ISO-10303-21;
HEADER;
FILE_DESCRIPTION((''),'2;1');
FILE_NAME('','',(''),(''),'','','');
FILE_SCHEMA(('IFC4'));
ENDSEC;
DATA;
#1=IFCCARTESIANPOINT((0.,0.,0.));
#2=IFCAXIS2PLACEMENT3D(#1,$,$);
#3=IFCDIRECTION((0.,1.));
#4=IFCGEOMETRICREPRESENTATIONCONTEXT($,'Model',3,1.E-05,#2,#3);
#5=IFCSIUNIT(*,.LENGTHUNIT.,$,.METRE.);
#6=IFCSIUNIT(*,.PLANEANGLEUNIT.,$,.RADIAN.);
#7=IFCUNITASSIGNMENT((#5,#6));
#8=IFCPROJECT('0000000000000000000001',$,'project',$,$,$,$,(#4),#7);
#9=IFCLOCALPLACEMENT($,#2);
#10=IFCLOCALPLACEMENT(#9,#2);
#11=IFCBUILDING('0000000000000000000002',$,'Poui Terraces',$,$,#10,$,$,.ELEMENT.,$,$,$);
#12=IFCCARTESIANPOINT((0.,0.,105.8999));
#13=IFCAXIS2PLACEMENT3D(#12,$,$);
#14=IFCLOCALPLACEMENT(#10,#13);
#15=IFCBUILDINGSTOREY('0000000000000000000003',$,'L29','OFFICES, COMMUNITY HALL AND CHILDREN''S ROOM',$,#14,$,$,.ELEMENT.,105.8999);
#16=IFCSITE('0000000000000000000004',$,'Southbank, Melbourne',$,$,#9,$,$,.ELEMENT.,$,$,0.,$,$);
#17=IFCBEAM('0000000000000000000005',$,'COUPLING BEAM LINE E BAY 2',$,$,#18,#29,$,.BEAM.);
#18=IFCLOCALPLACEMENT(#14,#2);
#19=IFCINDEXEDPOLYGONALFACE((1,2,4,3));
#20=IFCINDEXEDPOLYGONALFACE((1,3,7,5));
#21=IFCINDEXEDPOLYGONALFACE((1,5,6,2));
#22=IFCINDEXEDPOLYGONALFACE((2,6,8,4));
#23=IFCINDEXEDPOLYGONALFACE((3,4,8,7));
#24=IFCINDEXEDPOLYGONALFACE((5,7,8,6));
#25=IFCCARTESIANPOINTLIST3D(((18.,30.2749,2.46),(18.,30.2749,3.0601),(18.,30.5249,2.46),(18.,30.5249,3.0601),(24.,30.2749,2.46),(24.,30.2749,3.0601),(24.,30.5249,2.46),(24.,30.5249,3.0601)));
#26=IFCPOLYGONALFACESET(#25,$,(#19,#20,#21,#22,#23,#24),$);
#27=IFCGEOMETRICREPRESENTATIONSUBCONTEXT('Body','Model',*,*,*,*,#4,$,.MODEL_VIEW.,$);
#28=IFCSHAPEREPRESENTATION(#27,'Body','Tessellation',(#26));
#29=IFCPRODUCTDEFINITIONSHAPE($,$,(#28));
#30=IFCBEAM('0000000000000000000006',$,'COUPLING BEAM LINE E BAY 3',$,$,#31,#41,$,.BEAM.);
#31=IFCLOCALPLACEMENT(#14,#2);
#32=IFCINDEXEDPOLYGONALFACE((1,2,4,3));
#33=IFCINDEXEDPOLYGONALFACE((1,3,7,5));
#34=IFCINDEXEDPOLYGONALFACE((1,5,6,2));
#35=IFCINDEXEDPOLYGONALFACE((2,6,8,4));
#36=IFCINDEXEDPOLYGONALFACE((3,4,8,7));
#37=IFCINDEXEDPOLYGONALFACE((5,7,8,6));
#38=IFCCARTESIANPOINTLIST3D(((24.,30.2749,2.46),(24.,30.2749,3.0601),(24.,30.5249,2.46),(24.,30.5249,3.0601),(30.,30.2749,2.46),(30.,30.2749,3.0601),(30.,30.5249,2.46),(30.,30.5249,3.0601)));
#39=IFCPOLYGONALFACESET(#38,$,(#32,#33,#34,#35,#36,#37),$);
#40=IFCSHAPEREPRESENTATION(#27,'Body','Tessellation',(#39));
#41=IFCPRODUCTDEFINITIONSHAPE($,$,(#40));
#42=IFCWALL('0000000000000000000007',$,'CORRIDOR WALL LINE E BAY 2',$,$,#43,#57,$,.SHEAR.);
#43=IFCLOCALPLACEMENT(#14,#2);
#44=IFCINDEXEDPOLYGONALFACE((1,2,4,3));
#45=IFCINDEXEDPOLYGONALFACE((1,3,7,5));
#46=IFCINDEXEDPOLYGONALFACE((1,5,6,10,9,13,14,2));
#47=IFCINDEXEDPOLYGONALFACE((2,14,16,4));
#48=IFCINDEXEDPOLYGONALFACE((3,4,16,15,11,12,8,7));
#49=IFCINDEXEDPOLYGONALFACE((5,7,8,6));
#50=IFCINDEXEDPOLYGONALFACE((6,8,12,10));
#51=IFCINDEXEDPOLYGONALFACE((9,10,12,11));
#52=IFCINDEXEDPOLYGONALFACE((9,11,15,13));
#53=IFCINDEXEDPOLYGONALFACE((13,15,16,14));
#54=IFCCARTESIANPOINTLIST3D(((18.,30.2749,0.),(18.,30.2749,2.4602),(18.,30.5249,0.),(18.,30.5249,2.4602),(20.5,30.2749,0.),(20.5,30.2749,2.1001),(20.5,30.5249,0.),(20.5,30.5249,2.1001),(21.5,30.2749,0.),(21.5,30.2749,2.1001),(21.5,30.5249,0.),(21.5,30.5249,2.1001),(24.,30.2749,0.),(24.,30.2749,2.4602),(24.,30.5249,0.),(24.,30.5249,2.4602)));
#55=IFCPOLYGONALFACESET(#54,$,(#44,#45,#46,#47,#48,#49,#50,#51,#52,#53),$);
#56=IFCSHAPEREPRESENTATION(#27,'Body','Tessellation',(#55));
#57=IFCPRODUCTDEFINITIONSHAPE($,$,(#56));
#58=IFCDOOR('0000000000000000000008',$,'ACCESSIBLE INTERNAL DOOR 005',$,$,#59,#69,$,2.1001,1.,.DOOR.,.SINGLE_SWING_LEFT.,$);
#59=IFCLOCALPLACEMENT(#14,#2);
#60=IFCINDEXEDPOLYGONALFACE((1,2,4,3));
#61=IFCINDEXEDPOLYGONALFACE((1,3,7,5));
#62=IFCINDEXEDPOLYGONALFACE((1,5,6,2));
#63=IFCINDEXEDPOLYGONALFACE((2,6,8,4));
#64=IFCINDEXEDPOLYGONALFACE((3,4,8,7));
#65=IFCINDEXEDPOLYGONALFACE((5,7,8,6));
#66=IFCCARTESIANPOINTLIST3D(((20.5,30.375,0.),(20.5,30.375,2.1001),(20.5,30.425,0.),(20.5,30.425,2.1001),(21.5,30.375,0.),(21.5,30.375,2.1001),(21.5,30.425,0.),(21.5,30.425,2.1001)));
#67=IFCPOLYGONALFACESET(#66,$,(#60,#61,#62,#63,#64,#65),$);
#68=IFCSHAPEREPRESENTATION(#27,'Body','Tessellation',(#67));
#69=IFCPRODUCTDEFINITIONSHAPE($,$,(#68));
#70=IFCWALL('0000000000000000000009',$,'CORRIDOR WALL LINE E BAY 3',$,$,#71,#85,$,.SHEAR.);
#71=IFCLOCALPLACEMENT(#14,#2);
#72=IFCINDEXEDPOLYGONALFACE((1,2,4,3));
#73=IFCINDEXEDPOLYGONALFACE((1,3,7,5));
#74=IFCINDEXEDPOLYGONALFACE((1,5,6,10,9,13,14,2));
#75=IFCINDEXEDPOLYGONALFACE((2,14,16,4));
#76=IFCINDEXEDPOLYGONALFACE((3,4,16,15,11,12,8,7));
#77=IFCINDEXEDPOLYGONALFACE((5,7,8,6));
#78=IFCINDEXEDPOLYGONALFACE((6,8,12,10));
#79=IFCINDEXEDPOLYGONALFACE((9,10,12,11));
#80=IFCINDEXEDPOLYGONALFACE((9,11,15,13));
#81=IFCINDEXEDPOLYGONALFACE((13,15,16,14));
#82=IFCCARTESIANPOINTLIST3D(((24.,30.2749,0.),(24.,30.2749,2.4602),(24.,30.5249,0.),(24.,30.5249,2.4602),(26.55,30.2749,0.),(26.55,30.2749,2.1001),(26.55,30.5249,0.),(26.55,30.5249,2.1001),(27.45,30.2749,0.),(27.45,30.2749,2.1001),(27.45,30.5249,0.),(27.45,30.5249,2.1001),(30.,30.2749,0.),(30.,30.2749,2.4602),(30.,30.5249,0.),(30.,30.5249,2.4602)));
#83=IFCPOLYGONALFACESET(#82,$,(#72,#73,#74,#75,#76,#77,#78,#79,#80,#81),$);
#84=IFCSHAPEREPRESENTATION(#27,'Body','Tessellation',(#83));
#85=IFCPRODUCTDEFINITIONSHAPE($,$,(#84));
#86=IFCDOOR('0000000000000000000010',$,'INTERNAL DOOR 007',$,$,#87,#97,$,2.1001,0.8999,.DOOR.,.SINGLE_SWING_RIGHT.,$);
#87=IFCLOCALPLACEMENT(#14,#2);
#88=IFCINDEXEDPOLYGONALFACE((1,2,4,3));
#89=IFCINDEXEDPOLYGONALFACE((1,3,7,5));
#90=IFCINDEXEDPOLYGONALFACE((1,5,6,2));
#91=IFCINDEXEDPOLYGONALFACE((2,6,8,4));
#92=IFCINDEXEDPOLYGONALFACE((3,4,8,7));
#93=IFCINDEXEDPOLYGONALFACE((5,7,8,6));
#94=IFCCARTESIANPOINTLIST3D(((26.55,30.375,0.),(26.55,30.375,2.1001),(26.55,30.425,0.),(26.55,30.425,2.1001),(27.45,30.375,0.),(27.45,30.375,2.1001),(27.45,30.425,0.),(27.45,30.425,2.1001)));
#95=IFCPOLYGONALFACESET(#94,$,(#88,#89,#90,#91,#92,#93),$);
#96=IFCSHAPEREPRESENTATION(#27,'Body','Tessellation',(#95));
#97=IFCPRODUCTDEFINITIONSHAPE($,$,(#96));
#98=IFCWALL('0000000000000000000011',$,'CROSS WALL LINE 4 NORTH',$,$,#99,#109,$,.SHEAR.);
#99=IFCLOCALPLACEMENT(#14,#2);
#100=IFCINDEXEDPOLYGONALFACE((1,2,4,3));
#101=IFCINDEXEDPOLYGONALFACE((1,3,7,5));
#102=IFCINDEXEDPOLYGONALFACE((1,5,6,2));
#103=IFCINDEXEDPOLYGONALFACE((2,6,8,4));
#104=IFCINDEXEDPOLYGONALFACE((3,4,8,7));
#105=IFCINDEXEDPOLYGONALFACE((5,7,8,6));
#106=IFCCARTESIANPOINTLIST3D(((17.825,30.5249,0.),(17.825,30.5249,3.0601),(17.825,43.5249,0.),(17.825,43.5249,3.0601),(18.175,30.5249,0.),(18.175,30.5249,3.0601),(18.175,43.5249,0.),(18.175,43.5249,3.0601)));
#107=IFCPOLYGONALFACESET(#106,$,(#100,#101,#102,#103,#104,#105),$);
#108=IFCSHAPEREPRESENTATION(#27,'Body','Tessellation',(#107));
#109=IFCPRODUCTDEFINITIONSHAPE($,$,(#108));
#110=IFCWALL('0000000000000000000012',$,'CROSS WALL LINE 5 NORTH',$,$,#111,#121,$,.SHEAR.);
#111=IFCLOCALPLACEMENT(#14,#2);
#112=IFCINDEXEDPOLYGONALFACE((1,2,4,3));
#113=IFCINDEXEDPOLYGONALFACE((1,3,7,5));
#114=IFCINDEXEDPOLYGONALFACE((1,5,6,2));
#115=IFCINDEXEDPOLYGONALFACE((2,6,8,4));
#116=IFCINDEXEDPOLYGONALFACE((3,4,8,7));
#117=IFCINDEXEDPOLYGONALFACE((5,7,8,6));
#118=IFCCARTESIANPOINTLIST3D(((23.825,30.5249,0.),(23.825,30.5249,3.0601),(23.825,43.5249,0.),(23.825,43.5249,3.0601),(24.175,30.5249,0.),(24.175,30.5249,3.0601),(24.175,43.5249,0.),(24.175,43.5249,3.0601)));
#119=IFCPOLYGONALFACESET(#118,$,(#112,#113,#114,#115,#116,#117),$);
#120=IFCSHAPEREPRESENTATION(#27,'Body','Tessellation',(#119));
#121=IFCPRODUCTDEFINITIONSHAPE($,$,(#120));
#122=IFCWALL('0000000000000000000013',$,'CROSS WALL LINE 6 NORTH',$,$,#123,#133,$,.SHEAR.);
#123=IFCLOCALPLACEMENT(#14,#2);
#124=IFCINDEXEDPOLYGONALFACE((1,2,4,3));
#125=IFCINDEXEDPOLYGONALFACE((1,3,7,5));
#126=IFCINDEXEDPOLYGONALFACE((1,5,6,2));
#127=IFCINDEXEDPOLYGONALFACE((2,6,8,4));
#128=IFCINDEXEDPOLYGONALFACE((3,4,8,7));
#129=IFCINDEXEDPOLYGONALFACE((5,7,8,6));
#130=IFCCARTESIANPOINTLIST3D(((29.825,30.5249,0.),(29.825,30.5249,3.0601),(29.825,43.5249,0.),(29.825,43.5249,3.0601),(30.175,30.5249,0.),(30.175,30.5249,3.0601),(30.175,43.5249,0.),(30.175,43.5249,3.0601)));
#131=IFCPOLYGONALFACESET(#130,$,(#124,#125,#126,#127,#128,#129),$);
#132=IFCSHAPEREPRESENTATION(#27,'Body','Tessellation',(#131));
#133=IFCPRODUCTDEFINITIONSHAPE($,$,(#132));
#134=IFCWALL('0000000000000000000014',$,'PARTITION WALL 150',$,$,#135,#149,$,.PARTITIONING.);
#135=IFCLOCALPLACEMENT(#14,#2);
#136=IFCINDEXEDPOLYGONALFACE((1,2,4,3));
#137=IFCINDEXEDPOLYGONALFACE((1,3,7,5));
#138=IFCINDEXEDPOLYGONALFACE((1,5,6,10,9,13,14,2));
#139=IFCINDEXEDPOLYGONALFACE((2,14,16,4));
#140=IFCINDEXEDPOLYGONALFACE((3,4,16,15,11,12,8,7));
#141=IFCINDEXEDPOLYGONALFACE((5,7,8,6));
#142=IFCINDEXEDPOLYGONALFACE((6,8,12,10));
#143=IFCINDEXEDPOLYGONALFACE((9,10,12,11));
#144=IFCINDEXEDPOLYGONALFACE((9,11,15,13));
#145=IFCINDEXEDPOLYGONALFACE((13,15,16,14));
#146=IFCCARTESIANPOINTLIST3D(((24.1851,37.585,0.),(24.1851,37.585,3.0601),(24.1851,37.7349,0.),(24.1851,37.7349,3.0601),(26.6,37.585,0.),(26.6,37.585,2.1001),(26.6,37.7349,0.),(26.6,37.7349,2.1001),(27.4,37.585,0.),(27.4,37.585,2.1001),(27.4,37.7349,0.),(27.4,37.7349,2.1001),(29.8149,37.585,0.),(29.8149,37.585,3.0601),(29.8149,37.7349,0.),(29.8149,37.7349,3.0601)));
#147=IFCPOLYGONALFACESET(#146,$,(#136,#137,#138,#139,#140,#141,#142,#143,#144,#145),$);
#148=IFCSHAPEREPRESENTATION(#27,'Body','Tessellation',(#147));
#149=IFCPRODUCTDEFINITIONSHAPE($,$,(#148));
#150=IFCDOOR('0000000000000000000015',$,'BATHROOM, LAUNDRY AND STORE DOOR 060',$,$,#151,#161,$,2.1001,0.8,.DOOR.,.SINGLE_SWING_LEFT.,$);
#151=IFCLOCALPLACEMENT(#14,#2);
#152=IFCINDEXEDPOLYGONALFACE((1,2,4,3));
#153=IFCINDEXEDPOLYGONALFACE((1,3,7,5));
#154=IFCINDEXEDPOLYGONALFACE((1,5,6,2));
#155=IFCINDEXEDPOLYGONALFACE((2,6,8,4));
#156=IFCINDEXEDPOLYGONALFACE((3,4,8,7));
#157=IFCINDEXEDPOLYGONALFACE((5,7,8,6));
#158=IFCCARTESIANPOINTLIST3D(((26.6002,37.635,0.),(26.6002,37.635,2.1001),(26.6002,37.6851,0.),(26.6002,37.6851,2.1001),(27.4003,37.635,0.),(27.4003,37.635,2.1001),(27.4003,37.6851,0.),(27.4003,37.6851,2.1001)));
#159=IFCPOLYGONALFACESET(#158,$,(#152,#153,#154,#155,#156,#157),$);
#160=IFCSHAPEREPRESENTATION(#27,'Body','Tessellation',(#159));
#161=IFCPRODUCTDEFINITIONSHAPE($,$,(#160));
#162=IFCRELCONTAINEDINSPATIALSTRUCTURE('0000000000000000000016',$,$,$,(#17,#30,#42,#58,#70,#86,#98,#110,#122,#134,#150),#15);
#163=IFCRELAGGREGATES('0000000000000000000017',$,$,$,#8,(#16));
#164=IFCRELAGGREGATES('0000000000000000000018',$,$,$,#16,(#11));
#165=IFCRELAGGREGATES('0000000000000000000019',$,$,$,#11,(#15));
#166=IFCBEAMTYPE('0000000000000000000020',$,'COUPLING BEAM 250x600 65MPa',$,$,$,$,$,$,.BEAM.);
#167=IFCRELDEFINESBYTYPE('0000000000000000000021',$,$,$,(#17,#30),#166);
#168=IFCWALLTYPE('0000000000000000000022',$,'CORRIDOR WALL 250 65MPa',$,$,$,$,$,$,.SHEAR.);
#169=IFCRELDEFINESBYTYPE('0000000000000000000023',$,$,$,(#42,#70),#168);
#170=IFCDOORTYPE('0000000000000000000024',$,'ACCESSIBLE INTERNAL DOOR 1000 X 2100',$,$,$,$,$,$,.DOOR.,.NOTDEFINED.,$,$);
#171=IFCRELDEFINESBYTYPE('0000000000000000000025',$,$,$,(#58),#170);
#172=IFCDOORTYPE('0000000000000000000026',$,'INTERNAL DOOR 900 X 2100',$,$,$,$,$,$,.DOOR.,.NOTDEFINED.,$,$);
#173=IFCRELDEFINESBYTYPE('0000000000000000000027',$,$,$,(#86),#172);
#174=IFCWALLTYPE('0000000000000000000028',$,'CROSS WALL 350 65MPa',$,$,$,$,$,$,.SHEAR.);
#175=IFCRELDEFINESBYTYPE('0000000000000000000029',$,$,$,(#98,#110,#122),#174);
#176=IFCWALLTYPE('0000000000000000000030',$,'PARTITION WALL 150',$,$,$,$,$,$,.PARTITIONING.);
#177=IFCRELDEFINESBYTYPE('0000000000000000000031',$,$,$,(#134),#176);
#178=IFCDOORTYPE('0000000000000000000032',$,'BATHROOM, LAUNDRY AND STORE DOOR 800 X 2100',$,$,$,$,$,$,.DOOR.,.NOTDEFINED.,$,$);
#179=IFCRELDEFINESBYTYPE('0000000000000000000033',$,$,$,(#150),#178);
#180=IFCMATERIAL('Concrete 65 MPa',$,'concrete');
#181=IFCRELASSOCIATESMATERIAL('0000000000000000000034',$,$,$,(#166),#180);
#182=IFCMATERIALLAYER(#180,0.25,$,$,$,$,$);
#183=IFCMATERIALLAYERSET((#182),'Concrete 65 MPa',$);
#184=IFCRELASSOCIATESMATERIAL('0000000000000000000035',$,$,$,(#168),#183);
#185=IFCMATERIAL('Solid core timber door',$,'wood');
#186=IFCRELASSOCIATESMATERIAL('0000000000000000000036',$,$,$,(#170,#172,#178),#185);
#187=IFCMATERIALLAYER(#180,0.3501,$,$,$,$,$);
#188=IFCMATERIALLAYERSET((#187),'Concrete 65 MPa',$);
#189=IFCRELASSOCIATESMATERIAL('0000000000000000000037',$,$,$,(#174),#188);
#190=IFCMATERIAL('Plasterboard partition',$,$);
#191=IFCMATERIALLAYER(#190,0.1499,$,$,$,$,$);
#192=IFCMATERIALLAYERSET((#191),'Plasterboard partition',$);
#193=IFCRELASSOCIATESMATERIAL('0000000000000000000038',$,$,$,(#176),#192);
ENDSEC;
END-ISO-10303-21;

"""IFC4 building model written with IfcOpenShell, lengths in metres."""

from ifc_helpers import new_model, si_unit, direction, frame, frame_2d, origin, origin_2d, place, context, subcontext, project, spatial, rectangle, extrude, source, transform, mapped, material, layer, layer_set, material_profile, profile_set, type_object, element, fill, save


model = new_model("IFC4")

# Units and contexts
model_context = context("Model", 3, precision=1e-05, world=origin(), true_north=direction((0.0, 1.0)))
body_context = subcontext(model_context, "Body", "Model", "MODEL_VIEW")
ifc_project = project(units=[si_unit("LENGTHUNIT", "METRE"), si_unit("PLANEANGLEUNIT", "RADIAN")], contexts=[model_context])

# Site, building, storey
site_placement = place(None, origin())
site = spatial("IfcSite", under=ifc_project, at=site_placement, Name="Southbank, Melbourne", CompositionType="ELEMENT", RefElevation=0.0)
building_placement = place(site_placement, origin())
building = spatial("IfcBuilding", under=site, at=building_placement, Name="Poui Terraces", CompositionType="ELEMENT")
storey_placement = place(building_placement, frame((0.0, 0.0, 105.8999)))
storey = spatial("IfcBuildingStorey", under=building, at=storey_placement, Name="L29", Description="OFFICES, COMMUNITY HALL AND CHILDREN'S ROOM", CompositionType="ELEMENT", Elevation=105.8999)

# Beams
ifc_material_1 = material(Name="Concrete 65 MPa", Category="concrete")
ifc_material_profile = material_profile(ifc_material_1, rectangle(XDim=0.25, YDim=0.6001, at=origin_2d()), Name="RC 250x600")
ifc_profile_set = profile_set([ifc_material_profile], Name="Concrete 65 MPa")
beam_type = type_object("IfcBeamType", Name="COUPLING BEAM 250x600 65MPa", PredefinedType="BEAM", material=ifc_profile_set)
shared_shape = source(origin(), body_context, "Body", "SweptSolid", [
    extrude(rectangle(XDim=0.25, YDim=0.6001, at=origin_2d()), origin(), (0.0, 0.0, 1.0), 6.0),
])
for number, where, z_axis, x_axis, name in (
    (1, (18.0, 30.3999, 2.76), (1.0, 0.0, 0.0), (0.0, 1.0, 0.0), "COUPLING BEAM LINE E BAY 2"),
    (2, (24.0, 30.3999, 2.76), (1.0, 0.0, 0.0), (0.0, 1.0, 0.0), "COUPLING BEAM LINE E BAY 3"),
):
    element("IfcBeam", number, at=place(storey_placement, frame(where, z_axis=z_axis, x_axis=x_axis)), inside=storey, type_object=beam_type, Name=name, PredefinedType="BEAM", context=body_context, shape_type="MappedRepresentation", body=[
        mapped(shared_shape, transform((0.0, 0.0, 0.0))),
    ])

# Walls, openings, doors
ifc_layer_1 = layer(ifc_material_1, 0.25)
ifc_layer_set_1 = layer_set([ifc_layer_1], Name="Concrete 65 MPa")
wall_type_1 = type_object("IfcWallType", Name="CORRIDOR WALL 250 65MPa", PredefinedType="SHEAR", material=ifc_layer_set_1)
wall_1_placement = place(storey_placement, frame((18.0, 30.3999, 0.0), z_axis=(0.0, 0.0, 1.0), x_axis=(1.0, 0.0, 0.0)))
wall_1 = element("IfcWall", 3, at=wall_1_placement, inside=storey, type_object=wall_type_1, Name="CORRIDOR WALL LINE E BAY 2", PredefinedType="SHEAR", context=body_context, shape_type="SweptSolid", body=[
    extrude(rectangle(XDim=6.0, YDim=0.25, at=frame_2d((3.0, 0.0))), origin(), (0.0, 0.0, 1.0), 2.4602),
])
opening_1_placement = place(wall_1_placement, frame((2.5, 0.0, 0.0)))
opening_1 = element("IfcOpeningElement", 4, at=opening_1_placement, cuts=wall_1, PredefinedType="OPENING", context=body_context, shape_type="SweptSolid", body=[
    extrude(rectangle(XDim=1.0, YDim=2.1001, at=frame_2d((0.5, 1.05))), frame((0.0, 0.135, 0.0), z_axis=(0.0, -1.0, 0.0), x_axis=(1.0, 0.0, 0.0)), (0.0, 0.0, 1.0), 0.27),
])
ifc_material_2 = material(Name="Solid core timber door", Category="wood")
door_type_1 = type_object("IfcDoorType", Name="ACCESSIBLE INTERNAL DOOR 1000 X 2100", OperationType="NOTDEFINED", PredefinedType="DOOR", material=ifc_material_2)
door_1_placement = place(opening_1_placement, frame((1.0, 0.0, 0.0), z_axis=(0.0, 0.0, 1.0), x_axis=(-1.0, 0.0, 0.0)))
door_1 = element("IfcDoor", 5, at=door_1_placement, inside=storey, type_object=door_type_1, Name="ACCESSIBLE INTERNAL DOOR 005", OperationType="SINGLE_SWING_LEFT", OverallHeight=2.1001, OverallWidth=1.0, PredefinedType="DOOR", context=body_context, shape_type="SweptSolid", body=[
    extrude(rectangle(XDim=1.0, YDim=2.1001, at=frame_2d((0.5, 1.05))), frame((0.0, 0.0249, 0.0), z_axis=(0.0, -1.0, 0.0), x_axis=(1.0, 0.0, 0.0)), (0.0, 0.0, 1.0), 0.05),
])
fill(opening_1, door_1)
wall_2_placement = place(storey_placement, frame((24.0, 30.3999, 0.0), z_axis=(0.0, 0.0, 1.0), x_axis=(1.0, 0.0, 0.0)))
wall_2 = element("IfcWall", 6, at=wall_2_placement, inside=storey, type_object=wall_type_1, Name="CORRIDOR WALL LINE E BAY 3", PredefinedType="SHEAR", context=body_context, shape_type="SweptSolid", body=[
    extrude(rectangle(XDim=6.0, YDim=0.25, at=frame_2d((3.0, 0.0))), origin(), (0.0, 0.0, 1.0), 2.4602),
])
opening_2_placement = place(wall_2_placement, frame((2.55, 0.0, 0.0)))
opening_2 = element("IfcOpeningElement", 7, at=opening_2_placement, cuts=wall_2, PredefinedType="OPENING", context=body_context, shape_type="SweptSolid", body=[
    extrude(rectangle(XDim=0.8999, YDim=2.1001, at=frame_2d((0.45, 1.05))), frame((0.0, 0.135, 0.0), z_axis=(0.0, -1.0, 0.0), x_axis=(1.0, 0.0, 0.0)), (0.0, 0.0, 1.0), 0.27),
])
door_type_2 = type_object("IfcDoorType", Name="INTERNAL DOOR 900 X 2100", OperationType="NOTDEFINED", PredefinedType="DOOR", material=ifc_material_2)
door_2_placement = place(opening_2_placement, frame((0.8999, 0.0, 0.0), z_axis=(0.0, 0.0, 1.0), x_axis=(-1.0, 0.0, 0.0)))
door_2 = element("IfcDoor", 8, at=door_2_placement, inside=storey, type_object=door_type_2, Name="INTERNAL DOOR 007", OperationType="SINGLE_SWING_RIGHT", OverallHeight=2.1001, OverallWidth=0.8999, PredefinedType="DOOR", context=body_context, shape_type="SweptSolid", body=[
    extrude(rectangle(XDim=0.8999, YDim=2.1001, at=frame_2d((0.45, 1.05))), frame((0.0, 0.0249, 0.0), z_axis=(0.0, -1.0, 0.0), x_axis=(1.0, 0.0, 0.0)), (0.0, 0.0, 1.0), 0.05),
])
fill(opening_2, door_2)

# Walls
ifc_layer_2 = layer(ifc_material_1, 0.3501)
ifc_layer_set_2 = layer_set([ifc_layer_2], Name="Concrete 65 MPa")
wall_type_2 = type_object("IfcWallType", Name="CROSS WALL 350 65MPa", PredefinedType="SHEAR", material=ifc_layer_set_2)
for number, where, z_axis, x_axis, name in (
    (9, (18.0, 30.5249, 0.0), (0.0, 0.0, 1.0), (0.0, 1.0, 0.0), "CROSS WALL LINE 4 NORTH"),
    (10, (24.0, 30.5249, 0.0), (0.0, 0.0, 1.0), (0.0, 1.0, 0.0), "CROSS WALL LINE 5 NORTH"),
    (11, (30.0, 30.5249, 0.0), (0.0, 0.0, 1.0), (0.0, 1.0, 0.0), "CROSS WALL LINE 6 NORTH"),
):
    element("IfcWall", number, at=place(storey_placement, frame(where, z_axis=z_axis, x_axis=x_axis)), inside=storey, type_object=wall_type_2, Name=name, PredefinedType="SHEAR", context=body_context, shape_type="SweptSolid", body=[
        extrude(rectangle(XDim=13.0, YDim=0.3501, at=frame_2d((6.5, 0.0))), origin(), (0.0, 0.0, 1.0), 3.0601),
    ])

# Wall, opening, door
ifc_material_3 = material(Name="Plasterboard partition")
ifc_layer_3 = layer(ifc_material_3, 0.1499)
ifc_layer_set_3 = layer_set([ifc_layer_3], Name="Plasterboard partition")
wall_type_3 = type_object("IfcWallType", Name="PARTITION WALL 150", PredefinedType="PARTITIONING", material=ifc_layer_set_3)
wall_3_placement = place(storey_placement, frame((24.1851, 37.6599, 0.0), z_axis=(0.0, 0.0, 1.0), x_axis=(1.0, 0.0, 0.0)))
wall_3 = element("IfcWall", 12, at=wall_3_placement, inside=storey, type_object=wall_type_3, Name="PARTITION WALL 150", PredefinedType="PARTITIONING", context=body_context, shape_type="SweptSolid", body=[
    extrude(rectangle(XDim=5.6299, YDim=0.1499, at=frame_2d((2.8149, 0.0))), origin(), (0.0, 0.0, 1.0), 3.0601),
])
opening_3_placement = place(wall_3_placement, frame((2.415, 0.0, 0.0)))
opening_3 = element("IfcOpeningElement", 13, at=opening_3_placement, cuts=wall_3, PredefinedType="OPENING", context=body_context, shape_type="SweptSolid", body=[
    extrude(rectangle(XDim=0.8, YDim=2.1001, at=frame_2d((0.3999, 1.05))), frame((0.0, 0.085, 0.0), z_axis=(0.0, -1.0, 0.0), x_axis=(1.0, 0.0, 0.0)), (0.0, 0.0, 1.0), 0.1699),
])
door_type_3 = type_object("IfcDoorType", Name="BATHROOM, LAUNDRY AND STORE DOOR 800 X 2100", OperationType="NOTDEFINED", PredefinedType="DOOR", material=ifc_material_2)
door_3_placement = place(opening_3_placement, frame((0.8, 0.0, 0.0), z_axis=(0.0, 0.0, 1.0), x_axis=(-1.0, 0.0, 0.0)))
door_3 = element("IfcDoor", 14, at=door_3_placement, inside=storey, type_object=door_type_3, Name="BATHROOM, LAUNDRY AND STORE DOOR 060", OperationType="SINGLE_SWING_LEFT", OverallHeight=2.1001, OverallWidth=0.8, PredefinedType="DOOR", context=body_context, shape_type="SweptSolid", body=[
    extrude(rectangle(XDim=0.8, YDim=2.1001, at=frame_2d((0.3999, 1.05))), frame((0.0, 0.0249, 0.0), z_axis=(0.0, -1.0, 0.0), x_axis=(1.0, 0.0, 0.0)), (0.0, 0.0, 1.0), 0.05),
])
fill(opening_3, door_3)

save(model, "model.ifc")
